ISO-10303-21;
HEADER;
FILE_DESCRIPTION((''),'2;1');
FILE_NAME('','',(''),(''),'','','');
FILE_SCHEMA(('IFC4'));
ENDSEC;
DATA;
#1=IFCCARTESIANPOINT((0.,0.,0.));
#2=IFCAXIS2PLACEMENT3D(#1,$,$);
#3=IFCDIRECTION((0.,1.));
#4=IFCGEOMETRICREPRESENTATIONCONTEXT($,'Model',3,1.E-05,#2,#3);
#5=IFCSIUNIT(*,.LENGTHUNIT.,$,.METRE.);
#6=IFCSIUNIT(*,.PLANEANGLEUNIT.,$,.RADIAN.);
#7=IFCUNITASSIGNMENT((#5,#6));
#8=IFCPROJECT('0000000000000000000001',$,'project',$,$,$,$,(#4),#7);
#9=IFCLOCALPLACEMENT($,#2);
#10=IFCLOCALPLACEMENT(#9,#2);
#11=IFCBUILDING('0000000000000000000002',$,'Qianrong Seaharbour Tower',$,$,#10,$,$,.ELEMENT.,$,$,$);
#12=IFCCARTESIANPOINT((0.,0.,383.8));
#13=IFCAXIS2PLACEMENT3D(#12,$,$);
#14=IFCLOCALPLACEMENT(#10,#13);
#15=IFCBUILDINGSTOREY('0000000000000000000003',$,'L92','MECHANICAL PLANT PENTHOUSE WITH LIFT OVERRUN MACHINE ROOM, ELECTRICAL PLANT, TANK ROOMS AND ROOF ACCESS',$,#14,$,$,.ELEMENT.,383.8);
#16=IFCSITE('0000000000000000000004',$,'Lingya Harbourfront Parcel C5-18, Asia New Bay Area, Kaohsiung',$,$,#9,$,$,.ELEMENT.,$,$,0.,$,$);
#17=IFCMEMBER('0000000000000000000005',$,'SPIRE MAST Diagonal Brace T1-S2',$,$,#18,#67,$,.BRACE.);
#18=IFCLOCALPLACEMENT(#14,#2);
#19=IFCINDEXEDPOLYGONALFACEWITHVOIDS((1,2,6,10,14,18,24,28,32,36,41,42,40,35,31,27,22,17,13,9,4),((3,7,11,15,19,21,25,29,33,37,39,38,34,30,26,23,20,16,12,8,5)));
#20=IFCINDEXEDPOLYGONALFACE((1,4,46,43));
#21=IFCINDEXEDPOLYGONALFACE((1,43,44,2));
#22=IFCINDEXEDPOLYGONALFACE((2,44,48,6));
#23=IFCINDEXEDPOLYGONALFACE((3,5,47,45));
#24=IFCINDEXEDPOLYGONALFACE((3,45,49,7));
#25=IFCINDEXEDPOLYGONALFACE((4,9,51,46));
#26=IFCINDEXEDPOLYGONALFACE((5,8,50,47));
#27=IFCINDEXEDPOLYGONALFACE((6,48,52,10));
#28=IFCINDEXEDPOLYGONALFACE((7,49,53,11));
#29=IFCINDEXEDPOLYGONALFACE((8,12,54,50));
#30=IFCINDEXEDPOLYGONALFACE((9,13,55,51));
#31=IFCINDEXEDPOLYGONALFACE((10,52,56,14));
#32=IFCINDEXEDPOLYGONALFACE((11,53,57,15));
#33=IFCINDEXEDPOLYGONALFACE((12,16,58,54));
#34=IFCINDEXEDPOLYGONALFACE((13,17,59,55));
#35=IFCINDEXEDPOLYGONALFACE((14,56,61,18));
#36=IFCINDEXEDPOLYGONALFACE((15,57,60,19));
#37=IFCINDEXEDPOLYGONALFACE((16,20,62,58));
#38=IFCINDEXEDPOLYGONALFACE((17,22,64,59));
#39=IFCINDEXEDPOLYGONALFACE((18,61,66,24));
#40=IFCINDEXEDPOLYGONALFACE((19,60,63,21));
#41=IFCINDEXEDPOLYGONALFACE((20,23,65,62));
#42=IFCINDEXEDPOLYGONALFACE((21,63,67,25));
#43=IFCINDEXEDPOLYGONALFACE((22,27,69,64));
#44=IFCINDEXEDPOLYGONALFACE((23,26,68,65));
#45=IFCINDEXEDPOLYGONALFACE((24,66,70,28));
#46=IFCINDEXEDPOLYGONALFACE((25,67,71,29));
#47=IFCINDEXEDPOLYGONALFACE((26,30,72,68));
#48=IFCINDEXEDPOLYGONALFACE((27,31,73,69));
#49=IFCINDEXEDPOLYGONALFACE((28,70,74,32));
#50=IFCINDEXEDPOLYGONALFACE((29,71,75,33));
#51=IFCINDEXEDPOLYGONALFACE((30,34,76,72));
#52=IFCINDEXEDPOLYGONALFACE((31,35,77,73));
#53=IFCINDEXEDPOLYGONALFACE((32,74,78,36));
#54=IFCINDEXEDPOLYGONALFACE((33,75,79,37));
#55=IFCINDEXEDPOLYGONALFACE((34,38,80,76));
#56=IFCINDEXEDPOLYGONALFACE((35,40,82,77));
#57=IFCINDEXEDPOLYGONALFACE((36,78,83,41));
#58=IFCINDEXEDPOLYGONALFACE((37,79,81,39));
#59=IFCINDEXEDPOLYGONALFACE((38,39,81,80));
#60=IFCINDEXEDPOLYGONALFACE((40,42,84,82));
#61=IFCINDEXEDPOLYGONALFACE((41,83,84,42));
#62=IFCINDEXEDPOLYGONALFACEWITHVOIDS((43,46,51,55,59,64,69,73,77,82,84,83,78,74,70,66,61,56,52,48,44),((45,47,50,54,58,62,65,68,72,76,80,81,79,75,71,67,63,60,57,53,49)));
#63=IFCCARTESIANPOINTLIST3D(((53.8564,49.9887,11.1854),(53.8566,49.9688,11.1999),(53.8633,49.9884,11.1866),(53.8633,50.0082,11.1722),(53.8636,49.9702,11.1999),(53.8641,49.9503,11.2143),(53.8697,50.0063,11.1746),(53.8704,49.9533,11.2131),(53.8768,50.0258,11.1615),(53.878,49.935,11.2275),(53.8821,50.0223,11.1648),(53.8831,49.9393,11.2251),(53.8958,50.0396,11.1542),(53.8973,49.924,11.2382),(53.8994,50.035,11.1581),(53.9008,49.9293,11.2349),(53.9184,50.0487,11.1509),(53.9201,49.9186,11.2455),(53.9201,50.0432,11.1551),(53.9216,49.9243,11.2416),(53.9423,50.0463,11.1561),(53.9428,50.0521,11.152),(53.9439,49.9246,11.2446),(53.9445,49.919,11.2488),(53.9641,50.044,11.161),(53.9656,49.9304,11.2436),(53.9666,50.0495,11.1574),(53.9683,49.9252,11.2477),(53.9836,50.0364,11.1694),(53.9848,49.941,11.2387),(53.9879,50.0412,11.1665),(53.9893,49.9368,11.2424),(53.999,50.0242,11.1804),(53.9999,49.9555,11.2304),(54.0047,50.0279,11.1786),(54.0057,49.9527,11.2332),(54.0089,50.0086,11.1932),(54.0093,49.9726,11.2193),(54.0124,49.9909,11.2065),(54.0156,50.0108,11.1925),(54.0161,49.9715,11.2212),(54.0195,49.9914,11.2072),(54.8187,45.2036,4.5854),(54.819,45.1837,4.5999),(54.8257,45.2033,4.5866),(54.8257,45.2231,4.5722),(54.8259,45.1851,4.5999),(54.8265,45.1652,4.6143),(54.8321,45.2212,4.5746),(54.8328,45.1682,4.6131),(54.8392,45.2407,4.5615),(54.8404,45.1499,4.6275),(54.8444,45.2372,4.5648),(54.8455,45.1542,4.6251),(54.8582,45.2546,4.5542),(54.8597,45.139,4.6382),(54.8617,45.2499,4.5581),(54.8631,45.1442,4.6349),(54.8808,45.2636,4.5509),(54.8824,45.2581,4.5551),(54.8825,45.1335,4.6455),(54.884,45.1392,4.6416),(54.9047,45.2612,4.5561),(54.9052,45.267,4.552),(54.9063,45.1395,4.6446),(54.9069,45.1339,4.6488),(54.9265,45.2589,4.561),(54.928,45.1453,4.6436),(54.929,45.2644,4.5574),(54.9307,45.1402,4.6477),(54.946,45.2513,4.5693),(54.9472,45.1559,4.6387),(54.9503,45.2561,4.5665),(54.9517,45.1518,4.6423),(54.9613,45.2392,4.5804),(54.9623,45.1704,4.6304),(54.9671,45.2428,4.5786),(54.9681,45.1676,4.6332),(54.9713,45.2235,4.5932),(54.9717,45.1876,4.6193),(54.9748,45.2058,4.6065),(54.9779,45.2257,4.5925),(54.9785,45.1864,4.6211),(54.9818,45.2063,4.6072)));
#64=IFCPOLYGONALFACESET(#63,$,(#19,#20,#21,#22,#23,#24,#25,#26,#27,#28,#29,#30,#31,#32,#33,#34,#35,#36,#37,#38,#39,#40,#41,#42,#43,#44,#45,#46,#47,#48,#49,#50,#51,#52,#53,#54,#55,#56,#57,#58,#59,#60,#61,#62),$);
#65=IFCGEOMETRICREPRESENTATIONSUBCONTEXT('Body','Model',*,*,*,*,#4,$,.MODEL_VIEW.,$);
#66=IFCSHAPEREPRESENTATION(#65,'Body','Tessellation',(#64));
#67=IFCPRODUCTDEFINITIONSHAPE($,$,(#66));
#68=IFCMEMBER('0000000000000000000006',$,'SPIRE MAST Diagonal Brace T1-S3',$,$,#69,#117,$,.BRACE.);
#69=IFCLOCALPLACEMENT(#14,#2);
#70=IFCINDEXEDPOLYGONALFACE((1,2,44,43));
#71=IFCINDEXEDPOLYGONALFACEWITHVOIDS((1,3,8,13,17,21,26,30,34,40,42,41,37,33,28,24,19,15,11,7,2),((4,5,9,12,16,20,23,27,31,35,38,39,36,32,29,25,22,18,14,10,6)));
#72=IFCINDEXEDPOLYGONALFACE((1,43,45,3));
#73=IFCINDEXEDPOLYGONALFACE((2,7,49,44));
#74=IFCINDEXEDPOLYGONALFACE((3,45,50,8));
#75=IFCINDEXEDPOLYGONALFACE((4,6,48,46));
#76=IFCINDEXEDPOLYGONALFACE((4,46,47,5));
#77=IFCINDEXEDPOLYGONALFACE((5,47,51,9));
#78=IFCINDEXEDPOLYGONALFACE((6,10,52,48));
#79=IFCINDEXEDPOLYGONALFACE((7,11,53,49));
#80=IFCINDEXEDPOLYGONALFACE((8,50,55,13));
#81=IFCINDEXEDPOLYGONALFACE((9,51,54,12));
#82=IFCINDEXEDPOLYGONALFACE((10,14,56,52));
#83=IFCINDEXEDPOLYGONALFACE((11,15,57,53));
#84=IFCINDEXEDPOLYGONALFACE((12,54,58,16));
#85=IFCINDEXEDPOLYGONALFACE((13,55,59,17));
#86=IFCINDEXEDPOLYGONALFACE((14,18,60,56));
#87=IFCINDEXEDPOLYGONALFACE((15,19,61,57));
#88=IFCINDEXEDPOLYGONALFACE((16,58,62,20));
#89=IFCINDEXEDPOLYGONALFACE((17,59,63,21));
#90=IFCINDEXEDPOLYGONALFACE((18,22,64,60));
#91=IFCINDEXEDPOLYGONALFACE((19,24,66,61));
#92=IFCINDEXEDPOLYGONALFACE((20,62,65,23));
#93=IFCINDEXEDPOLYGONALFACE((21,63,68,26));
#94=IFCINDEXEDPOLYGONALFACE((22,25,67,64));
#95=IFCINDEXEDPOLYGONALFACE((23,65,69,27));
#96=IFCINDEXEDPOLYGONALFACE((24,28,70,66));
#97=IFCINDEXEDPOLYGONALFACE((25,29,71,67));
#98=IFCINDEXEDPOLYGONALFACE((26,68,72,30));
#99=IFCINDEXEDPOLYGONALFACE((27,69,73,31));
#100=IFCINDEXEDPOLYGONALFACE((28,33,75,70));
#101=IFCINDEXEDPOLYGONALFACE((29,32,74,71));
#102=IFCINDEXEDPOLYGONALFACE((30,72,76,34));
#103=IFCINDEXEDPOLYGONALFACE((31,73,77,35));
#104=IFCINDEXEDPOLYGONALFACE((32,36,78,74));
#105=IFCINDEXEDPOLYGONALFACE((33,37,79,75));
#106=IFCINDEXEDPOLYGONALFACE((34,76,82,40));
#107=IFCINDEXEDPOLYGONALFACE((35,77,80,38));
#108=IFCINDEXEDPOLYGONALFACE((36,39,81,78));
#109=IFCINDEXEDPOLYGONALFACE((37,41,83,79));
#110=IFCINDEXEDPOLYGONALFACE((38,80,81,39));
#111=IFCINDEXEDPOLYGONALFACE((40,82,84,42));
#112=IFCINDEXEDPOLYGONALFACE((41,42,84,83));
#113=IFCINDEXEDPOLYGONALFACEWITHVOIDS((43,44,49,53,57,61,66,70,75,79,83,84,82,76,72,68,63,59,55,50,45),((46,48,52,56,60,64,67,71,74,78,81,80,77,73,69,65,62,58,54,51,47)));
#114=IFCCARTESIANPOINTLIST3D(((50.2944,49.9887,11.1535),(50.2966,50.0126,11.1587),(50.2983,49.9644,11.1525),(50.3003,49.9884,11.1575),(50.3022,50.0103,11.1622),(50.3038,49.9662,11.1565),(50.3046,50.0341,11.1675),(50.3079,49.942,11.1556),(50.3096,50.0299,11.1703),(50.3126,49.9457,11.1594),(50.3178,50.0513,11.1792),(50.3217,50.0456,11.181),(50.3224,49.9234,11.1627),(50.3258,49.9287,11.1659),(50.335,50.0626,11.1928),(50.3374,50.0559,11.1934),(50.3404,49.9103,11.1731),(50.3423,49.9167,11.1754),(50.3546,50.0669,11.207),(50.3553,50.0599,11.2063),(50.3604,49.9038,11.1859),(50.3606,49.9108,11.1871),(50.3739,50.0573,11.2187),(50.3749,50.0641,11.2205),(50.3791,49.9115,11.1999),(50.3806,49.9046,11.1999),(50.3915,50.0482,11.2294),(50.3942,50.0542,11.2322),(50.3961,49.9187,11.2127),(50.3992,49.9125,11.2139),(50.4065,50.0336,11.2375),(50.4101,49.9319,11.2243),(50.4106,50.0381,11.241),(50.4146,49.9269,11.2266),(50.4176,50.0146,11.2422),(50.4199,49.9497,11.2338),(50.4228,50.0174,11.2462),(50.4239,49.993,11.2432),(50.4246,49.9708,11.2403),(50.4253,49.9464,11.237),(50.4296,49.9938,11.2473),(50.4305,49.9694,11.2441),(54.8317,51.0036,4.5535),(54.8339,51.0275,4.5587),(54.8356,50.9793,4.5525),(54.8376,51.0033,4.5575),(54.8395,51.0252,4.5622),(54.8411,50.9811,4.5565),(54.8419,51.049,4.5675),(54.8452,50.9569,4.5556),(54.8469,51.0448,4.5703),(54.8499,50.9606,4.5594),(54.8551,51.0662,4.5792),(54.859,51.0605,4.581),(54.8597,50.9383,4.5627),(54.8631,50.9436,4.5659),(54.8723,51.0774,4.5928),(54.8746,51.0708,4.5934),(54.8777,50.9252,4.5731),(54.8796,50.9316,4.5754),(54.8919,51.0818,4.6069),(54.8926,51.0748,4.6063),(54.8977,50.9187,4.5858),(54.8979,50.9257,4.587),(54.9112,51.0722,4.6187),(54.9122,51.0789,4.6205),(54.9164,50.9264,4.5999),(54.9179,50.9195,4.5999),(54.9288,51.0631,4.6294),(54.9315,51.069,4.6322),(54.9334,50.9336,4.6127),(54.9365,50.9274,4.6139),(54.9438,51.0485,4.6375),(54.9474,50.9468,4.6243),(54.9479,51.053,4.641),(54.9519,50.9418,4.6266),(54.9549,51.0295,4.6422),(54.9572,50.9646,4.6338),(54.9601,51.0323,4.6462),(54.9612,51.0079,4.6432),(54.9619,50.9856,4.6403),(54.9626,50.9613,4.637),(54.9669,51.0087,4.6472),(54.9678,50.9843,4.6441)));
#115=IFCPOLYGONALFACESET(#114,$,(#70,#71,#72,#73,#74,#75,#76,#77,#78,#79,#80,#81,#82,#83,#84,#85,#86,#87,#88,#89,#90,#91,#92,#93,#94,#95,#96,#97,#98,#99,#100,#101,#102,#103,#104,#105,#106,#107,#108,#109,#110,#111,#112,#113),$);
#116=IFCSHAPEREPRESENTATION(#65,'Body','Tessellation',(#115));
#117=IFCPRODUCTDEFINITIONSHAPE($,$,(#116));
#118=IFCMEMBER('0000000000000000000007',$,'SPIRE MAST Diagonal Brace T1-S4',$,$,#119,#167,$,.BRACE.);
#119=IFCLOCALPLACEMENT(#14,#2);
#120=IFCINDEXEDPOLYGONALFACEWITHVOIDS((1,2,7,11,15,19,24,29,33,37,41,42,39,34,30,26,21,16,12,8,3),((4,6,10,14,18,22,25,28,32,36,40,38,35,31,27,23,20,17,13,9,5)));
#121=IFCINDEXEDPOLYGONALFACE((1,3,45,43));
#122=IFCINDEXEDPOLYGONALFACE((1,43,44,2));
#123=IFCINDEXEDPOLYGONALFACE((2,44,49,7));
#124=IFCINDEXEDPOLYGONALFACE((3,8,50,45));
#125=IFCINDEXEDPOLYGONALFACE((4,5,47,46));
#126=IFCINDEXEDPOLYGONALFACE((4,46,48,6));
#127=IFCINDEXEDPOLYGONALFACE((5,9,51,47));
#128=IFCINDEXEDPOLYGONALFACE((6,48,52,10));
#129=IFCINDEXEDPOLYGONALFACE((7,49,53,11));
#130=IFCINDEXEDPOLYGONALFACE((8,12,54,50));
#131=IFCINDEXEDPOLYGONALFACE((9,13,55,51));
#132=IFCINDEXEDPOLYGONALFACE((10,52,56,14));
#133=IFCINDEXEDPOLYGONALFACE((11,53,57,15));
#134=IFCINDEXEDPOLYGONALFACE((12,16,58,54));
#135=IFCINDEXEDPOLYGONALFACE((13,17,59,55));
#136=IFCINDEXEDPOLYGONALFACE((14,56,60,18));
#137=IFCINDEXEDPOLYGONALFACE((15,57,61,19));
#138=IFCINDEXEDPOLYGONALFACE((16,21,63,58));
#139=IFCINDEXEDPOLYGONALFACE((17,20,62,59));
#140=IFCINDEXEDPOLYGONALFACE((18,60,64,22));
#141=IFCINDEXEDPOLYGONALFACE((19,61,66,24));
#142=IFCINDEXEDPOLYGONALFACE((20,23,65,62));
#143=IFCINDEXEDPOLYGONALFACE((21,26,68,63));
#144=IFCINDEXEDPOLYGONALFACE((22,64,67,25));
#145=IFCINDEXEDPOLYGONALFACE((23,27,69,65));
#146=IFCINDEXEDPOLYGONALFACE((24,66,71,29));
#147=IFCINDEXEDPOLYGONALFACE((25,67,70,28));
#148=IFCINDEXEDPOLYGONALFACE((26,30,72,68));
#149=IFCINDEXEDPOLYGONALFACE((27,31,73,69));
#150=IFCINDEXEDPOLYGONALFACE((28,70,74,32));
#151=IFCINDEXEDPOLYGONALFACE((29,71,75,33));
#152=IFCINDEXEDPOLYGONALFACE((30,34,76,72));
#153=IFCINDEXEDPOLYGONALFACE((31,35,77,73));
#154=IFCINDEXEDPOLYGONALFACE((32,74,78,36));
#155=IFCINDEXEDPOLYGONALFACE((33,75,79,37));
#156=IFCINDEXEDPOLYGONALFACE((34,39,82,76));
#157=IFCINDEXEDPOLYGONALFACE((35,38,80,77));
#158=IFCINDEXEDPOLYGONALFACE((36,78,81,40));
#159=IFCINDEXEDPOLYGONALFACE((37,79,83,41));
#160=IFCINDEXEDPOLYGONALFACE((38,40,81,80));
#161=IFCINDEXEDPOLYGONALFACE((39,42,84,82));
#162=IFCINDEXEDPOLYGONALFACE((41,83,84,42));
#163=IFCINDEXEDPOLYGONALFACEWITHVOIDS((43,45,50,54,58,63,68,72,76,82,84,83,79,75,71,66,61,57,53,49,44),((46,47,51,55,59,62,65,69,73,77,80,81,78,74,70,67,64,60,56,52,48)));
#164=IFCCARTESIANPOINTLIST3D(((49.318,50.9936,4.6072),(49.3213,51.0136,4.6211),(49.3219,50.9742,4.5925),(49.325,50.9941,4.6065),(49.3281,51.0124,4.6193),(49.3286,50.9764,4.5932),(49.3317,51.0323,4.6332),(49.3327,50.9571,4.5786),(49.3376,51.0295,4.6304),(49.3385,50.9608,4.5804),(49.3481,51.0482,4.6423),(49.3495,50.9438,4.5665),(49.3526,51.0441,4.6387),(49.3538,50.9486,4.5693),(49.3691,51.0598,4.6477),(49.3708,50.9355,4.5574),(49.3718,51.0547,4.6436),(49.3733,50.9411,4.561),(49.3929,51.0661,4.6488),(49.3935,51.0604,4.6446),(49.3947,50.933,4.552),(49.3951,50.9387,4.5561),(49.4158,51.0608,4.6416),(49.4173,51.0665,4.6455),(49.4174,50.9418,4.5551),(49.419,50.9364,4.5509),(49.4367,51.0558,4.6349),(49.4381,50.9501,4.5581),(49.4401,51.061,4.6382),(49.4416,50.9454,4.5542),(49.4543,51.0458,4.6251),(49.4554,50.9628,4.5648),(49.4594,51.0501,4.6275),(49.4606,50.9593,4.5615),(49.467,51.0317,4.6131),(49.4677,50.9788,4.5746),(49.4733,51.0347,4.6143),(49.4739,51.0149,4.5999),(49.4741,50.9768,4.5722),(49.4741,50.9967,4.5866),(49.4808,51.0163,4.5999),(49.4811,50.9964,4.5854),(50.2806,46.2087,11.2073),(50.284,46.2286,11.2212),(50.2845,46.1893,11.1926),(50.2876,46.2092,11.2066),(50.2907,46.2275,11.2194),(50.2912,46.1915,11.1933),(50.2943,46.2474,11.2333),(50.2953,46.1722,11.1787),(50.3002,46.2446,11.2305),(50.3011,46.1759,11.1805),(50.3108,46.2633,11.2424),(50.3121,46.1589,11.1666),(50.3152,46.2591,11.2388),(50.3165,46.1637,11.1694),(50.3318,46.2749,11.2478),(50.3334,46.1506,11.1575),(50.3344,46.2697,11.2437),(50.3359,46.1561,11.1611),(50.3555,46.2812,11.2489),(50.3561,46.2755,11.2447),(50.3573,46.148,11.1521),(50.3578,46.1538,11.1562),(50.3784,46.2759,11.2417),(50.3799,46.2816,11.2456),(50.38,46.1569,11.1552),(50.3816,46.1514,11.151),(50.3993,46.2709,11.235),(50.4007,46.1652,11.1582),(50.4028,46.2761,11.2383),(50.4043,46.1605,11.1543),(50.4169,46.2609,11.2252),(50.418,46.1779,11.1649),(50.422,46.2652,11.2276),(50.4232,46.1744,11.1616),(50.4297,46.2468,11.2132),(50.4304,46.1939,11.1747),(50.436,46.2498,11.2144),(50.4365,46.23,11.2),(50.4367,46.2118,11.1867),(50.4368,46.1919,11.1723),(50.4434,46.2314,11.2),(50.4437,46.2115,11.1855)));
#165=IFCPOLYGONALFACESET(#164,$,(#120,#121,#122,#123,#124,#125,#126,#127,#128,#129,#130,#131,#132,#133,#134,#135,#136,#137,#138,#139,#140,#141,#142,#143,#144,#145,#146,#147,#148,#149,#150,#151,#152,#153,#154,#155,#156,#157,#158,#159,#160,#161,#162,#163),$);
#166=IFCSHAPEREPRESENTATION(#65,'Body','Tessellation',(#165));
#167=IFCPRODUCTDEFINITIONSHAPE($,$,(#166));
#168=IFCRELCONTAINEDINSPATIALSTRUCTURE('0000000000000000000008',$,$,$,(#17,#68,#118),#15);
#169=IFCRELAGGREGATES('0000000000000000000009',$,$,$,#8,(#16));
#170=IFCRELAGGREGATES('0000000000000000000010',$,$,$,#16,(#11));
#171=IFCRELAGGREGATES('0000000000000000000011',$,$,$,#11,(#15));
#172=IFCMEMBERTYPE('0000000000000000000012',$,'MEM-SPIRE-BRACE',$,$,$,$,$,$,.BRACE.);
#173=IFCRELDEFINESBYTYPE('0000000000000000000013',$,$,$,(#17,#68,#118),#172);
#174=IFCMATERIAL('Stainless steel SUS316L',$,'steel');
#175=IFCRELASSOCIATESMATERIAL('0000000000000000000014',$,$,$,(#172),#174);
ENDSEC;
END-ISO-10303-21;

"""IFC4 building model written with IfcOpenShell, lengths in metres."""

from ifc_helpers import new_model, si_unit, direction, frame, origin, origin_2d, place, context, subcontext, project, spatial, hollow_circle, extrude, material, material_profile, profile_set, type_object, element, save


model = new_model("IFC4")

# Units and contexts
model_context = context("Model", 3, precision=1e-05, world=origin(), true_north=direction((0.0, 1.0)))
body_context = subcontext(model_context, "Body", "Model", "MODEL_VIEW")
ifc_project = project(units=[si_unit("LENGTHUNIT", "METRE"), si_unit("PLANEANGLEUNIT", "RADIAN")], contexts=[model_context])

# Site, building, storey
site_placement = place(None, origin())
site = spatial("IfcSite", under=ifc_project, at=site_placement, Name="Lingya Harbourfront Parcel C5-18, Asia New Bay Area, Kaohsiung", CompositionType="ELEMENT", RefElevation=0.0)
building_placement = place(site_placement, origin())
building = spatial("IfcBuilding", under=site, at=building_placement, Name="Qianrong Seaharbour Tower", CompositionType="ELEMENT")
storey_placement = place(building_placement, frame((0.0, 0.0, 383.8)))
storey = spatial("IfcBuildingStorey", under=building, at=storey_placement, Name="L92", Description="MECHANICAL PLANT PENTHOUSE WITH LIFT OVERRUN MACHINE ROOM, ELECTRICAL PLANT, TANK ROOMS AND ROOF ACCESS", CompositionType="ELEMENT", Elevation=383.8)

# Shared definitions
ifc_material_1 = material(Name="Stainless steel SUS316L", Category="steel")

# Members
ifc_material_profile_1 = material_profile(ifc_material_1, hollow_circle(Radius=0.0825, WallThickness=0.0071, at=origin_2d()), Name="CHS165.2x7.1")
ifc_profile_set_1 = profile_set([ifc_material_profile_1], Name="Stainless steel SUS316L")
member_type_1 = type_object("IfcMemberType", Name="MEM-SPIRE-BRACE", PredefinedType="BRACE", material=ifc_profile_set_1)
member_1_placement = place(storey_placement, frame((54.8999, 45.2, 4.5999), z_axis=(-0.11724, 0.582926, 0.804022), x_axis=(-0.980368, -0.197174, 0.0)))
element("IfcMember", 1, at=member_1_placement, inside=storey, type_object=member_type_1, Name="SPIRE MAST Diagonal Brace T1-S2", PredefinedType="BRACE", context=body_context, shape_type="SweptSolid", body=[
    extrude(hollow_circle(Radius=0.0825, WallThickness=0.0071, at=origin_2d()), origin(), (0.0, 0.0, 1.0), 8.2087),
])
member_2_placement = place(storey_placement, frame((54.8999, 51.0, 4.5999), z_axis=(-0.562017, -0.125709, 0.817517), x_axis=(0.218281, -0.975886, 0.0)))
element("IfcMember", 2, at=member_2_placement, inside=storey, type_object=member_type_1, Name="SPIRE MAST Diagonal Brace T1-S3", PredefinedType="BRACE", context=body_context, shape_type="SweptSolid", body=[
    extrude(hollow_circle(Radius=0.0825, WallThickness=0.0071, at=origin_2d()), origin(), (0.0, 0.0, 1.0), 8.0732),
])
member_3_placement = place(storey_placement, frame((49.3999, 51.0, 4.5999), z_axis=(0.117271, -0.582905, 0.804033), x_axis=(0.980357, 0.197232, 0.0)))
element("IfcMember", 3, at=member_3_placement, inside=storey, type_object=member_type_1, Name="SPIRE MAST Diagonal Brace T1-S4", PredefinedType="BRACE", context=body_context, shape_type="SweptSolid", body=[
    extrude(hollow_circle(Radius=0.0825, WallThickness=0.0071, at=origin_2d()), origin(), (0.0, 0.0, 1.0), 8.2087),
])

save(model, "model.ifc")
